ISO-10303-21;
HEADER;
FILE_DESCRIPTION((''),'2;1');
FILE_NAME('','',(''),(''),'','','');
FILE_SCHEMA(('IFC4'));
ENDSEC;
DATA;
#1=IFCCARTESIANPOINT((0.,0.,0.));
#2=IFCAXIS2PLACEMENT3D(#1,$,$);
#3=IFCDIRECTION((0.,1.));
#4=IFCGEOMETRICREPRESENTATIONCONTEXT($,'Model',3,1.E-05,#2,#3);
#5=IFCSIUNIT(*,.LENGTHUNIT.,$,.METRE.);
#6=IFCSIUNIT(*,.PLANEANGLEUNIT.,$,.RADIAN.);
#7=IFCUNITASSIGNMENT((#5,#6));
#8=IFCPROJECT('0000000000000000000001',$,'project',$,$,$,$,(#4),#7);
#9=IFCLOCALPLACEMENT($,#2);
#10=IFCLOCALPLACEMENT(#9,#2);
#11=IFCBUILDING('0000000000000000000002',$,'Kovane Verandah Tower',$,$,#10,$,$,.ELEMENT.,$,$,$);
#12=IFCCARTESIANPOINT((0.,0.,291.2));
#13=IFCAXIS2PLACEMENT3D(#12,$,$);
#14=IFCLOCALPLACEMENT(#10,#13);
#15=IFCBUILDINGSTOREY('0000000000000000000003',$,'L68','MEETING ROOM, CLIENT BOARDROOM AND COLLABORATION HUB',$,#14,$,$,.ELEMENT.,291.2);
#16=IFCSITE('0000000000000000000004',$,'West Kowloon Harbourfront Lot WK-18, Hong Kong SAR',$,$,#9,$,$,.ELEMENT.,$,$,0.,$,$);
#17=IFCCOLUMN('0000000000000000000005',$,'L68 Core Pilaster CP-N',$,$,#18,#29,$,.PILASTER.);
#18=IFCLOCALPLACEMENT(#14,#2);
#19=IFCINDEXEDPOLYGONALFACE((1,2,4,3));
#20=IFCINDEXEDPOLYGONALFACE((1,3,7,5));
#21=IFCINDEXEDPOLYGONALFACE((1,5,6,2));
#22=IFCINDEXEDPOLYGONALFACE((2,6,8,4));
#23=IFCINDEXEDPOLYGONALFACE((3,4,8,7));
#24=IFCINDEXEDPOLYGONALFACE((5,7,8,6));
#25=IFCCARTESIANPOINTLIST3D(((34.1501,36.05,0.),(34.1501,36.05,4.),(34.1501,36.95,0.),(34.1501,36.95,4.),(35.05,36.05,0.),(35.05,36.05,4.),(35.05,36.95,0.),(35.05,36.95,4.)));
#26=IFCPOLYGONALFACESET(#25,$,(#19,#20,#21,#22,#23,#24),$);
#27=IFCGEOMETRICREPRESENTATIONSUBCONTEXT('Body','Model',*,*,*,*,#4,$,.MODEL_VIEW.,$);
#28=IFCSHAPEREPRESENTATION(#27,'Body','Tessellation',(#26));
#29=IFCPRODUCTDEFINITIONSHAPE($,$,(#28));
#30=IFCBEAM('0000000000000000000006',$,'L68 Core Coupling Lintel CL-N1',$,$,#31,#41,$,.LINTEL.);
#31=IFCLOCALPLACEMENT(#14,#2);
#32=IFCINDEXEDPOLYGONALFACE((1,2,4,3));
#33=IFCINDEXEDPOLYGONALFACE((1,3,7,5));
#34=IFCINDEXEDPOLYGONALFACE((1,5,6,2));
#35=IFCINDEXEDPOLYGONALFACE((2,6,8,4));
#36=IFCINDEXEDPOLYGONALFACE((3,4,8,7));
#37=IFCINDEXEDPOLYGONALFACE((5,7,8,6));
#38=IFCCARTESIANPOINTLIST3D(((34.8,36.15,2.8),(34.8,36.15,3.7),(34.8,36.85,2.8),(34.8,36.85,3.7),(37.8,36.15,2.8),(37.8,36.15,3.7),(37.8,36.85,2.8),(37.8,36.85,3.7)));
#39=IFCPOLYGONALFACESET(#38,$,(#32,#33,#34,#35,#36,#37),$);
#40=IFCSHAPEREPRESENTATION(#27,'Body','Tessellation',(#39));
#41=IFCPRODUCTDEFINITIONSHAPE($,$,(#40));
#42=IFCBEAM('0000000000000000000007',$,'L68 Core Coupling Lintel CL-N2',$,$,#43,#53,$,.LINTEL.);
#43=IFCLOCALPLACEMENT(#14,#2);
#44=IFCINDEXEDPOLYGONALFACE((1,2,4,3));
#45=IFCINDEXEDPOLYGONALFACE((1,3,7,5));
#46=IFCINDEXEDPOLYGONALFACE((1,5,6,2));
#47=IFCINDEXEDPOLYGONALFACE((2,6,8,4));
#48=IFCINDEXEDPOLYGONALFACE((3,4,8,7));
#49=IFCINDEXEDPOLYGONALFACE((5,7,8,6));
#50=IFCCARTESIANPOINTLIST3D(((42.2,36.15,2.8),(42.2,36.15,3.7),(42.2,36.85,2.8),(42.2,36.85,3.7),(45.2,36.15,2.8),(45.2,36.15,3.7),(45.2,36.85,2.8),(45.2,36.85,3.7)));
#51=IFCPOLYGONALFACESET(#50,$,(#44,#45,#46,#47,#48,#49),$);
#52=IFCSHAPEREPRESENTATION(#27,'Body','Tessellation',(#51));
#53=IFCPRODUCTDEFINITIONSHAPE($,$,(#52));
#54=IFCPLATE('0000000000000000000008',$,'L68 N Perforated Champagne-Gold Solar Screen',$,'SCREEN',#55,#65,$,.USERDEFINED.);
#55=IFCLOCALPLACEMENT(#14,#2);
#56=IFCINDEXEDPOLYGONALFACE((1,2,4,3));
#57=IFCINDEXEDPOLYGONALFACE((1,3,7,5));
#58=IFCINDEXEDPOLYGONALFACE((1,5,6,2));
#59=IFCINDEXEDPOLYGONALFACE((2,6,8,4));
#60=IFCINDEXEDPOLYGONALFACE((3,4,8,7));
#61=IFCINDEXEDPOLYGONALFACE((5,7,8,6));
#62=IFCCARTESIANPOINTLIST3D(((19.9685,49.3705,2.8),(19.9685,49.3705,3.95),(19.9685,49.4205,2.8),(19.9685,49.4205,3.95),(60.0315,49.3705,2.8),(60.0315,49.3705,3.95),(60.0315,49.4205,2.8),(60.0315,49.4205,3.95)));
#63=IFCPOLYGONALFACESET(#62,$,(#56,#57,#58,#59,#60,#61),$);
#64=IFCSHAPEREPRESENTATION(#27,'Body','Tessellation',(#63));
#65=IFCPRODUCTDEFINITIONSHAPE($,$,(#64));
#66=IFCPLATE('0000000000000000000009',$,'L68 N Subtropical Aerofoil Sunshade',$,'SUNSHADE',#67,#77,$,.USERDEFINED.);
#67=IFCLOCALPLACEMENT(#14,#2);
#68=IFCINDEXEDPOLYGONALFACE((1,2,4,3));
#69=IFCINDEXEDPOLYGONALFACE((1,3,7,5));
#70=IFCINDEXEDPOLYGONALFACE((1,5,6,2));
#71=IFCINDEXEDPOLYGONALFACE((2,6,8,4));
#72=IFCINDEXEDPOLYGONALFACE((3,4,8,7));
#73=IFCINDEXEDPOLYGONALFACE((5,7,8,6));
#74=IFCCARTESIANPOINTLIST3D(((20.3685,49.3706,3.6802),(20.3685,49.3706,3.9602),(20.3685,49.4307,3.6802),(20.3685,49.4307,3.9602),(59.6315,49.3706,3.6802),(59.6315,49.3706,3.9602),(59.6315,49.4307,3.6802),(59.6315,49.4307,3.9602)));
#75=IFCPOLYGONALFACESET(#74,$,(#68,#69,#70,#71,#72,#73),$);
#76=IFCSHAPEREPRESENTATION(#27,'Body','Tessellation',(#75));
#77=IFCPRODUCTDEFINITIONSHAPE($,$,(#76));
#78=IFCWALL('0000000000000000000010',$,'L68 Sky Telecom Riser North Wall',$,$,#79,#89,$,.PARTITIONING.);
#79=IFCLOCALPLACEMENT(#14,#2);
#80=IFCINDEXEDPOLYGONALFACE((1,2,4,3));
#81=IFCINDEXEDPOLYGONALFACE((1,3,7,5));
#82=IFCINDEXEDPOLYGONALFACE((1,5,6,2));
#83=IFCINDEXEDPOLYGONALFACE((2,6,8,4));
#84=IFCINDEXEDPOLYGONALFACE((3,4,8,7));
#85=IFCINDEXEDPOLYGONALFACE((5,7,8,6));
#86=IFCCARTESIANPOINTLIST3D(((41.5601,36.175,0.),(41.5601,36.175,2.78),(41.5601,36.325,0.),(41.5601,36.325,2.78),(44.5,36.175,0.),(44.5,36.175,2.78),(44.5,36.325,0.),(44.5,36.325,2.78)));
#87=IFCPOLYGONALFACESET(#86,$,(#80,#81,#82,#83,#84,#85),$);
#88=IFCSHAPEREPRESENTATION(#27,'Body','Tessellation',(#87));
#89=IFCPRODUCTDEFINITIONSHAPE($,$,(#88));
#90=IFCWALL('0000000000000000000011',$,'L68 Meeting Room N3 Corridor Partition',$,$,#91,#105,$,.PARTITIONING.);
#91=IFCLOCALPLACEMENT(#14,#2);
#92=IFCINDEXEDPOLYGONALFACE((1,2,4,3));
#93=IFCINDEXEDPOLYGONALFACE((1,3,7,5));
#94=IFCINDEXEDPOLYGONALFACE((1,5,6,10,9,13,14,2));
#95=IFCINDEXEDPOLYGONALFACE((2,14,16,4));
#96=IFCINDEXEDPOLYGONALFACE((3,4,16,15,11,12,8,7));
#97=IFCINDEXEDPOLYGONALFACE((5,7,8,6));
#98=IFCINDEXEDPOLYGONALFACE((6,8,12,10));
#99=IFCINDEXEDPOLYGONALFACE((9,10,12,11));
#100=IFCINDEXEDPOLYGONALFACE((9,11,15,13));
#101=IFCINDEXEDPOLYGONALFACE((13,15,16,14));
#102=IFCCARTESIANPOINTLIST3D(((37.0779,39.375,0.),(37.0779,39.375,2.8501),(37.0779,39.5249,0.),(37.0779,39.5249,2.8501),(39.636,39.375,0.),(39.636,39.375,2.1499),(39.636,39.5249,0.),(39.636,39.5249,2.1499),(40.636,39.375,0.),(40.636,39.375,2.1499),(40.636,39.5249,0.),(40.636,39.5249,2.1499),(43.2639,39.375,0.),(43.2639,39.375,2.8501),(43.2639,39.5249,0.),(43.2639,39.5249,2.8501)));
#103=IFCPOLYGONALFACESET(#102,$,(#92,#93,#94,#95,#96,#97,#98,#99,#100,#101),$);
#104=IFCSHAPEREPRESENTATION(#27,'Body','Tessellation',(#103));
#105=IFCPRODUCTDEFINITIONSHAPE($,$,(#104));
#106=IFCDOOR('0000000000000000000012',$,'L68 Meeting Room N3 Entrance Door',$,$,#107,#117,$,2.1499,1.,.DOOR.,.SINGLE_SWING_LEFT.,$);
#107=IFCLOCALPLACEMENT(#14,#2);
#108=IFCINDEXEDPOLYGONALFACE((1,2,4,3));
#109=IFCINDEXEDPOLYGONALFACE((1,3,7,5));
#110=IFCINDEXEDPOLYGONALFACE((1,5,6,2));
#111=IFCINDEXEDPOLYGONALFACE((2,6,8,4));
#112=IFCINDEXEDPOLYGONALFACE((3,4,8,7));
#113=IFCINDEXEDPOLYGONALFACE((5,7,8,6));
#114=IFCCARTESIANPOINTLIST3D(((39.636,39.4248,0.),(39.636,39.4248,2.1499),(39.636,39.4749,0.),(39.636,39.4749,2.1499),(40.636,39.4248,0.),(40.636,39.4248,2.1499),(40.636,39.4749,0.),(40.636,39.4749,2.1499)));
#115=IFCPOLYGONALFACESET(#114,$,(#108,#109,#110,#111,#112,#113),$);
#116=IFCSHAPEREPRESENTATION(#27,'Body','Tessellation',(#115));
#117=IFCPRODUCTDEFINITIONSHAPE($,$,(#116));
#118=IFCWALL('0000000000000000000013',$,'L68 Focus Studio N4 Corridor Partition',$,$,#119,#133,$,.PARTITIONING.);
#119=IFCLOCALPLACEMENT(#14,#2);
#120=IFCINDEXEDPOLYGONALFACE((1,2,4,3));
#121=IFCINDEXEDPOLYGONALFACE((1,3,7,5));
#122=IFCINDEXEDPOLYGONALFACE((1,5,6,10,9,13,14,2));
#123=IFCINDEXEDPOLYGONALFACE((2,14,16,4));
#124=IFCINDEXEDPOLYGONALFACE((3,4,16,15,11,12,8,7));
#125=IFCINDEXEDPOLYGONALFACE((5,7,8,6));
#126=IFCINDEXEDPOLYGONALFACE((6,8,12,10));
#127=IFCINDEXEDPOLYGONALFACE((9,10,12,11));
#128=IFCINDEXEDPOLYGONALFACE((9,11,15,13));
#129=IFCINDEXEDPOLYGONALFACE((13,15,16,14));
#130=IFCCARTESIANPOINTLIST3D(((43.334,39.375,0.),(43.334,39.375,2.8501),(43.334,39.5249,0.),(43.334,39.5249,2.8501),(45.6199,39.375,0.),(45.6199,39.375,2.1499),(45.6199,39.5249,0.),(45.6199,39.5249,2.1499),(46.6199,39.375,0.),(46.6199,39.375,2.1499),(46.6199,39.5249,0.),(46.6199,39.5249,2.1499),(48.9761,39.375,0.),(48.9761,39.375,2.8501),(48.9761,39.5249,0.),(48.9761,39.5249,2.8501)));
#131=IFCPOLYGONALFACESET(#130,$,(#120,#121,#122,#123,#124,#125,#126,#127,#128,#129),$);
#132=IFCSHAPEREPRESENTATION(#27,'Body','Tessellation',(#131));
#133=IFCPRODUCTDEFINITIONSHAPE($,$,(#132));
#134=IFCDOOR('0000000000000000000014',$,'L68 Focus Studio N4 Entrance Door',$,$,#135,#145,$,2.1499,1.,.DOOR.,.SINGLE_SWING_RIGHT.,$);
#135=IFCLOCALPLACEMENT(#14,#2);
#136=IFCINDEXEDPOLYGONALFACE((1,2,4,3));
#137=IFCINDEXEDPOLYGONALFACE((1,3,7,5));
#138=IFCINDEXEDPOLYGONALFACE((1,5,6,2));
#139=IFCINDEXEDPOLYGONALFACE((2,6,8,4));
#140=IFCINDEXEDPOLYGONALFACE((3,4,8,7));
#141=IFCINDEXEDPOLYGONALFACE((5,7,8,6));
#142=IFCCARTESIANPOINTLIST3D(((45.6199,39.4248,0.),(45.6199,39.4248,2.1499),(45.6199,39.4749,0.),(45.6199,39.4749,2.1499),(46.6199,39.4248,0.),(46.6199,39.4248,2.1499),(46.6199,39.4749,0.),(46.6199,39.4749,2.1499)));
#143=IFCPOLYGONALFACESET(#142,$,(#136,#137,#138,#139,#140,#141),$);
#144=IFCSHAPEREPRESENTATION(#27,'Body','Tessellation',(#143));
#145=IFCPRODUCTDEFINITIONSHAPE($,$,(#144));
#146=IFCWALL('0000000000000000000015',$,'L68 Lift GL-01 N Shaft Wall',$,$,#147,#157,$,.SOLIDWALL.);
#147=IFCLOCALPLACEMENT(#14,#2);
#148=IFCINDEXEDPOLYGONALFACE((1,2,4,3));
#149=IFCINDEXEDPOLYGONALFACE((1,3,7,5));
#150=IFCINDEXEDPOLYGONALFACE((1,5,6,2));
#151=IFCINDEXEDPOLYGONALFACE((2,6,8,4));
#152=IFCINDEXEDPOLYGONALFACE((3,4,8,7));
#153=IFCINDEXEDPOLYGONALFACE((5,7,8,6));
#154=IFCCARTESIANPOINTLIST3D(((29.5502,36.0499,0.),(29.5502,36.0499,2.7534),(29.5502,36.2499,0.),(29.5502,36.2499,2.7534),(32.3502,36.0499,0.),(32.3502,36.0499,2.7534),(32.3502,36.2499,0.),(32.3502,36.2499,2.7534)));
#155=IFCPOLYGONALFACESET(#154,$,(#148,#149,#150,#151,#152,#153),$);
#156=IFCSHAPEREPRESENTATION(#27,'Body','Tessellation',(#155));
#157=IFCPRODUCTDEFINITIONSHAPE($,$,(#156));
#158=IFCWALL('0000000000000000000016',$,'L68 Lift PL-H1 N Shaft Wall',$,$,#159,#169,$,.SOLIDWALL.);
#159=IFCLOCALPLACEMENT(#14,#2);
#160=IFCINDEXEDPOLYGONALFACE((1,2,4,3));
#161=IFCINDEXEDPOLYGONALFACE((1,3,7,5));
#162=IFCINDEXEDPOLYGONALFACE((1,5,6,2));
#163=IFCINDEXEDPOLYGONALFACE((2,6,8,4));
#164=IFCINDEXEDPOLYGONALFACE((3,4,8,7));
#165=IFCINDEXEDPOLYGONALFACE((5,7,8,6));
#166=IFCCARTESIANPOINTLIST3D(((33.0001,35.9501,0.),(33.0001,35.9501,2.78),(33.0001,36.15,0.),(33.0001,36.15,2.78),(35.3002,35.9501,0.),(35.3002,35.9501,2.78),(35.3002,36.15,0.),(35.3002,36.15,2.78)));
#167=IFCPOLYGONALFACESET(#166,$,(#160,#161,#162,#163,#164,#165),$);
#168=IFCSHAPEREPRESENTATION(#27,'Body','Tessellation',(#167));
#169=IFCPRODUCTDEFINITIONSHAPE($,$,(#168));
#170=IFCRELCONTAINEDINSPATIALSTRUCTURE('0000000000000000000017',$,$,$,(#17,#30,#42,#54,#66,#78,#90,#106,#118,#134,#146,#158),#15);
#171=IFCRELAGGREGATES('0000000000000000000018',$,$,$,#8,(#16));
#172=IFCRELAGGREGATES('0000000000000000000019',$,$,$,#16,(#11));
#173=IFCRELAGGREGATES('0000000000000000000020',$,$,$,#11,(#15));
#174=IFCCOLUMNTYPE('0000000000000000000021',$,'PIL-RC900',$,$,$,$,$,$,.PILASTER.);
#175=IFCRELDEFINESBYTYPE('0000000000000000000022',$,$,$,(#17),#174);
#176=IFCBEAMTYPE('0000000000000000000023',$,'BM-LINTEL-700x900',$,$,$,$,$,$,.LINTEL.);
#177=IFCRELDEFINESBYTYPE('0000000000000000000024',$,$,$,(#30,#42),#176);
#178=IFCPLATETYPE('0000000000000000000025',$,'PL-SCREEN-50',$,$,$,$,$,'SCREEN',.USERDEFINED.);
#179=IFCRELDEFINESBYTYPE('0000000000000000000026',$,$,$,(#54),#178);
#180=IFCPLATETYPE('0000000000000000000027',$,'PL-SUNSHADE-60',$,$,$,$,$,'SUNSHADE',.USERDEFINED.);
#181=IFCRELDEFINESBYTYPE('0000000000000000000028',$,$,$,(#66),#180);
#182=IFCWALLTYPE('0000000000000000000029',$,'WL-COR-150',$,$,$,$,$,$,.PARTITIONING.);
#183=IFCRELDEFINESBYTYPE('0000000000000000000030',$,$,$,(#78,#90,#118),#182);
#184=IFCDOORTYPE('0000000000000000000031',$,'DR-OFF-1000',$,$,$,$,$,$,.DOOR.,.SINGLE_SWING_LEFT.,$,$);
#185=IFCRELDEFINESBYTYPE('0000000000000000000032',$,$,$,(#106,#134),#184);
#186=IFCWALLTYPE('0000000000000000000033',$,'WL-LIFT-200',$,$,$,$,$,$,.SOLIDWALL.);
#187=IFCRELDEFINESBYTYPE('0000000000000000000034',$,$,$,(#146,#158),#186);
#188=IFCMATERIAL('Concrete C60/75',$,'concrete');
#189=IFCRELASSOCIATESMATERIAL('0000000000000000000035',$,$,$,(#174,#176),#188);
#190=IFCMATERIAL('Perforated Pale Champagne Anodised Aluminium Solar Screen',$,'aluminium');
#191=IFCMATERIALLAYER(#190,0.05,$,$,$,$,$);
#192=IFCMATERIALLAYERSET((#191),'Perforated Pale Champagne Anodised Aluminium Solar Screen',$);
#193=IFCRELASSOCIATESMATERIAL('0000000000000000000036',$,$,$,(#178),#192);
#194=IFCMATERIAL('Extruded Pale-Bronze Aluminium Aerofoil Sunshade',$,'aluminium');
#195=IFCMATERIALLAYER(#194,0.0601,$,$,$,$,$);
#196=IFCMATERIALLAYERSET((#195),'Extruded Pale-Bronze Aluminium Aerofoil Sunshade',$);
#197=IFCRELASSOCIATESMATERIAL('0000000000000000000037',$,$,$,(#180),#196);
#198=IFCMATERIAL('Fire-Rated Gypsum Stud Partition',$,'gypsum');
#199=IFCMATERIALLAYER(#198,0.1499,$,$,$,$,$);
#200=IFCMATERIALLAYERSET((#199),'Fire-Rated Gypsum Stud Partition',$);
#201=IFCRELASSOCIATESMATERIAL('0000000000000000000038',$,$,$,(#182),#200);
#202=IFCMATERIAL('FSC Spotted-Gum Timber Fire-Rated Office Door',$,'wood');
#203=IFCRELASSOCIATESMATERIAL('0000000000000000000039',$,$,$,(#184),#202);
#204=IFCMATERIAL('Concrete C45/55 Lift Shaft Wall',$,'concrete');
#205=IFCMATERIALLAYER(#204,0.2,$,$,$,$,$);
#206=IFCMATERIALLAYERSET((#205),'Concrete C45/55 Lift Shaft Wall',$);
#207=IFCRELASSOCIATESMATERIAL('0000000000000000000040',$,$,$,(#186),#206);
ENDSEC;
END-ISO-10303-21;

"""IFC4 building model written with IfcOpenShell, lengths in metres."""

from ifc_helpers import new_model, si_unit, direction, frame, frame_2d, origin, origin_2d, place, context, subcontext, project, spatial, rectangle, extrude, material, layer, layer_set, material_profile, profile_set, type_object, element, fill, save


model = new_model("IFC4")

# Units and contexts
model_context = context("Model", 3, precision=1e-05, world=origin(), true_north=direction((0.0, 1.0)))
body_context = subcontext(model_context, "Body", "Model", "MODEL_VIEW")
ifc_project = project(units=[si_unit("LENGTHUNIT", "METRE"), si_unit("PLANEANGLEUNIT", "RADIAN")], contexts=[model_context])

# Site, building, storey
site_placement = place(None, origin())
site = spatial("IfcSite", under=ifc_project, at=site_placement, Name="West Kowloon Harbourfront Lot WK-18, Hong Kong SAR", CompositionType="ELEMENT", RefElevation=0.0)
building_placement = place(site_placement, origin())
building = spatial("IfcBuilding", under=site, at=building_placement, Name="Kovane Verandah Tower", CompositionType="ELEMENT")
storey_placement = place(building_placement, frame((0.0, 0.0, 291.2)))
storey = spatial("IfcBuildingStorey", under=building, at=storey_placement, Name="L68", Description="MEETING ROOM, CLIENT BOARDROOM AND COLLABORATION HUB", CompositionType="ELEMENT", Elevation=291.2)

# Column
ifc_material_1 = material(Name="Concrete C60/75", Category="concrete")
ifc_material_profile_1 = material_profile(ifc_material_1, rectangle(XDim=0.8999, YDim=0.8999, at=origin_2d()), Name="RC900x900")
ifc_profile_set_1 = profile_set([ifc_material_profile_1], Name="Concrete C60/75")
column_type = type_object("IfcColumnType", Name="PIL-RC900", PredefinedType="PILASTER", material=ifc_profile_set_1)
column_placement = place(storey_placement, frame((34.6001, 36.5, 0.0), z_axis=(0.0, 0.0, 1.0), x_axis=(1.0, 0.0, 0.0)))
element("IfcColumn", 1, at=column_placement, inside=storey, type_object=column_type, Name="L68 Core Pilaster CP-N", PredefinedType="PILASTER", context=body_context, shape_type="SweptSolid", body=[
    extrude(rectangle(XDim=0.8999, YDim=0.8999, at=origin_2d()), origin(), (0.0, 0.0, 1.0), 4.0),
])

# Beams
ifc_material_profile_2 = material_profile(ifc_material_1, rectangle(XDim=0.7, YDim=0.8999, at=origin_2d()), Name="RCB700x900")
ifc_profile_set_2 = profile_set([ifc_material_profile_2], Name="Concrete C60/75")
beam_type = type_object("IfcBeamType", Name="BM-LINTEL-700x900", PredefinedType="LINTEL", material=ifc_profile_set_2)
for number, where, z_axis, x_axis, name in (
    (2, (34.8, 36.5, 3.25), (1.0, 0.0, 0.0), (0.0, 1.0, 0.0), "L68 Core Coupling Lintel CL-N1"),
    (3, (42.2, 36.5, 3.25), (1.0, 0.0, 0.0), (0.0, 1.0, 0.0), "L68 Core Coupling Lintel CL-N2"),
):
    element("IfcBeam", number, at=place(storey_placement, frame(where, z_axis=z_axis, x_axis=x_axis)), inside=storey, type_object=beam_type, Name=name, PredefinedType="LINTEL", context=body_context, shape_type="SweptSolid", body=[
        extrude(rectangle(XDim=0.7, YDim=0.8999, at=origin_2d()), origin(), (0.0, 0.0, 1.0), 3.0),
    ])

# Plates
ifc_material_2 = material(Name="Perforated Pale Champagne Anodised Aluminium Solar Screen", Category="aluminium")
ifc_layer_1 = layer(ifc_material_2, 0.05)
ifc_layer_set_1 = layer_set([ifc_layer_1], Name="Perforated Pale Champagne Anodised Aluminium Solar Screen")
plate_type_1 = type_object("IfcPlateType", Name="PL-SCREEN-50", ElementType="SCREEN", PredefinedType="USERDEFINED", material=ifc_layer_set_1)
plate_1_placement = place(storey_placement, frame((40.0, 49.3955, 2.8), z_axis=(0.0, 0.0, 1.0), x_axis=(-1.0, 0.0, 0.0)))
element("IfcPlate", 4, at=plate_1_placement, inside=storey, type_object=plate_type_1, Name="L68 N Perforated Champagne-Gold Solar Screen", ObjectType="SCREEN", PredefinedType="USERDEFINED", context=body_context, shape_type="SweptSolid", body=[
    extrude(rectangle(XDim=40.063, YDim=0.05, at=origin_2d()), origin(), (0.0, 0.0, 1.0), 1.1499),
])
ifc_material_3 = material(Name="Extruded Pale-Bronze Aluminium Aerofoil Sunshade", Category="aluminium")
ifc_layer_2 = layer(ifc_material_3, 0.0601)
ifc_layer_set_2 = layer_set([ifc_layer_2], Name="Extruded Pale-Bronze Aluminium Aerofoil Sunshade")
plate_type_2 = type_object("IfcPlateType", Name="PL-SUNSHADE-60", ElementType="SUNSHADE", PredefinedType="USERDEFINED", material=ifc_layer_set_2)
plate_2_placement = place(storey_placement, frame((40.0, 49.4006, 3.6802), z_axis=(0.0, 0.0, 1.0), x_axis=(-1.0, 0.0, 0.0)))
element("IfcPlate", 5, at=plate_2_placement, inside=storey, type_object=plate_type_2, Name="L68 N Subtropical Aerofoil Sunshade", ObjectType="SUNSHADE", PredefinedType="USERDEFINED", context=body_context, shape_type="SweptSolid", body=[
    extrude(rectangle(XDim=39.2629, YDim=0.0601, at=origin_2d()), origin(), (0.0, 0.0, 1.0), 0.28),
])

# Wall
ifc_material_4 = material(Name="Fire-Rated Gypsum Stud Partition", Category="gypsum")
ifc_layer_3 = layer(ifc_material_4, 0.1499)
ifc_layer_set_3 = layer_set([ifc_layer_3], Name="Fire-Rated Gypsum Stud Partition")
wall_type_1 = type_object("IfcWallType", Name="WL-COR-150", PredefinedType="PARTITIONING", material=ifc_layer_set_3)
wall_1_placement = place(storey_placement, frame((41.5601, 36.25, 0.0), z_axis=(0.0, 0.0, 1.0), x_axis=(1.0, 0.0, 0.0)))
element("IfcWall", 6, at=wall_1_placement, inside=storey, type_object=wall_type_1, Name="L68 Sky Telecom Riser North Wall", PredefinedType="PARTITIONING", context=body_context, shape_type="SweptSolid", body=[
    extrude(rectangle(XDim=2.9399, YDim=0.1499, at=frame_2d((1.47, 0.0))), origin(), (0.0, 0.0, 1.0), 2.78),
])

# Walls, openings, doors
wall_2_placement = place(storey_placement, frame((37.0779, 39.45, 0.0), z_axis=(0.0, 0.0, 1.0), x_axis=(1.0, 0.0, 0.0)))
wall_2 = element("IfcWall", 7, at=wall_2_placement, inside=storey, type_object=wall_type_1, Name="L68 Meeting Room N3 Corridor Partition", PredefinedType="PARTITIONING", context=body_context, shape_type="SweptSolid", body=[
    extrude(rectangle(XDim=6.186, YDim=0.1499, at=frame_2d((3.093, 0.0))), origin(), (0.0, 0.0, 1.0), 2.8501),
])
opening_1_placement = place(wall_2_placement, frame((2.5581, 0.0, 0.0)))
opening_1 = element("IfcOpeningElement", 8, at=opening_1_placement, cuts=wall_2, PredefinedType="OPENING", context=body_context, shape_type="SweptSolid", body=[
    extrude(rectangle(XDim=1.0, YDim=2.1499, at=frame_2d((0.5, 1.075))), frame((0.0, 0.075, 0.0), z_axis=(0.0, -1.0, 0.0), x_axis=(1.0, 0.0, 0.0)), (0.0, 0.0, 1.0), 0.1499),
])
ifc_material_5 = material(Name="FSC Spotted-Gum Timber Fire-Rated Office Door", Category="wood")
door_type_1 = type_object("IfcDoorType", Name="DR-OFF-1000", OperationType="SINGLE_SWING_LEFT", PredefinedType="DOOR", material=ifc_material_5)
door_1_placement = place(opening_1_placement, origin())
door_1 = element("IfcDoor", 9, at=door_1_placement, inside=storey, type_object=door_type_1, Name="L68 Meeting Room N3 Entrance Door", OperationType="SINGLE_SWING_LEFT", OverallHeight=2.1499, OverallWidth=1.0, PredefinedType="DOOR", context=body_context, shape_type="SweptSolid", body=[
    extrude(rectangle(XDim=1.0, YDim=2.1499, at=frame_2d((0.5, 1.075))), frame((0.0, 0.0249, 0.0), z_axis=(0.0, -1.0, 0.0), x_axis=(1.0, 0.0, 0.0)), (0.0, 0.0, 1.0), 0.05),
])
fill(opening_1, door_1)
wall_3_placement = place(storey_placement, frame((43.334, 39.45, 0.0), z_axis=(0.0, 0.0, 1.0), x_axis=(1.0, 0.0, 0.0)))
wall_3 = element("IfcWall", 10, at=wall_3_placement, inside=storey, type_object=wall_type_1, Name="L68 Focus Studio N4 Corridor Partition", PredefinedType="PARTITIONING", context=body_context, shape_type="SweptSolid", body=[
    extrude(rectangle(XDim=5.6421, YDim=0.1499, at=frame_2d((2.821, 0.0))), origin(), (0.0, 0.0, 1.0), 2.8501),
])
opening_2_placement = place(wall_3_placement, frame((2.2859, 0.0, 0.0)))
opening_2 = element("IfcOpeningElement", 11, at=opening_2_placement, cuts=wall_3, PredefinedType="OPENING", context=body_context, shape_type="SweptSolid", body=[
    extrude(rectangle(XDim=1.0, YDim=2.1499, at=frame_2d((0.5, 1.075))), frame((0.0, 0.075, 0.0), z_axis=(0.0, -1.0, 0.0), x_axis=(1.0, 0.0, 0.0)), (0.0, 0.0, 1.0), 0.1499),
])
door_2_placement = place(opening_2_placement, origin())
door_2 = element("IfcDoor", 12, at=door_2_placement, inside=storey, type_object=door_type_1, Name="L68 Focus Studio N4 Entrance Door", OperationType="SINGLE_SWING_RIGHT", OverallHeight=2.1499, OverallWidth=1.0, PredefinedType="DOOR", context=body_context, shape_type="SweptSolid", body=[
    extrude(rectangle(XDim=1.0, YDim=2.1499, at=frame_2d((0.5, 1.075))), frame((0.0, 0.0249, 0.0), z_axis=(0.0, -1.0, 0.0), x_axis=(1.0, 0.0, 0.0)), (0.0, 0.0, 1.0), 0.05),
])
fill(opening_2, door_2)

# Wall
ifc_material_6 = material(Name="Concrete C45/55 Lift Shaft Wall", Category="concrete")
ifc_layer_4 = layer(ifc_material_6, 0.2)
ifc_layer_set_4 = layer_set([ifc_layer_4], Name="Concrete C45/55 Lift Shaft Wall")
wall_type_2 = type_object("IfcWallType", Name="WL-LIFT-200", PredefinedType="SOLIDWALL", material=ifc_layer_set_4)
wall_4_placement = place(storey_placement, frame((32.3501, 36.1499, 0.0), z_axis=(0.0, 0.0, 1.0), x_axis=(-1.0, 0.0, 0.0)))
element("IfcWall", 13, at=wall_4_placement, inside=storey, type_object=wall_type_2, Name="L68 Lift GL-01 N Shaft Wall", PredefinedType="SOLIDWALL", context=body_context, shape_type="SweptSolid", body=[
    extrude(rectangle(XDim=2.8, YDim=0.2, at=frame_2d((1.3999, 0.0))), origin(), (0.0, 0.0, 1.0), 2.7534),
])

# Wall
wall_5_placement = place(storey_placement, frame((35.3, 36.05, 0.0), z_axis=(0.0, 0.0, 1.0), x_axis=(-1.0, 0.0, 0.0)))
element("IfcWall", 14, at=wall_5_placement, inside=storey, type_object=wall_type_2, Name="L68 Lift PL-H1 N Shaft Wall", PredefinedType="SOLIDWALL", context=body_context, shape_type="SweptSolid", body=[
    extrude(rectangle(XDim=2.3, YDim=0.2, at=frame_2d((1.1499, 0.0))), origin(), (0.0, 0.0, 1.0), 2.78),
])

save(model, "model.ifc")
